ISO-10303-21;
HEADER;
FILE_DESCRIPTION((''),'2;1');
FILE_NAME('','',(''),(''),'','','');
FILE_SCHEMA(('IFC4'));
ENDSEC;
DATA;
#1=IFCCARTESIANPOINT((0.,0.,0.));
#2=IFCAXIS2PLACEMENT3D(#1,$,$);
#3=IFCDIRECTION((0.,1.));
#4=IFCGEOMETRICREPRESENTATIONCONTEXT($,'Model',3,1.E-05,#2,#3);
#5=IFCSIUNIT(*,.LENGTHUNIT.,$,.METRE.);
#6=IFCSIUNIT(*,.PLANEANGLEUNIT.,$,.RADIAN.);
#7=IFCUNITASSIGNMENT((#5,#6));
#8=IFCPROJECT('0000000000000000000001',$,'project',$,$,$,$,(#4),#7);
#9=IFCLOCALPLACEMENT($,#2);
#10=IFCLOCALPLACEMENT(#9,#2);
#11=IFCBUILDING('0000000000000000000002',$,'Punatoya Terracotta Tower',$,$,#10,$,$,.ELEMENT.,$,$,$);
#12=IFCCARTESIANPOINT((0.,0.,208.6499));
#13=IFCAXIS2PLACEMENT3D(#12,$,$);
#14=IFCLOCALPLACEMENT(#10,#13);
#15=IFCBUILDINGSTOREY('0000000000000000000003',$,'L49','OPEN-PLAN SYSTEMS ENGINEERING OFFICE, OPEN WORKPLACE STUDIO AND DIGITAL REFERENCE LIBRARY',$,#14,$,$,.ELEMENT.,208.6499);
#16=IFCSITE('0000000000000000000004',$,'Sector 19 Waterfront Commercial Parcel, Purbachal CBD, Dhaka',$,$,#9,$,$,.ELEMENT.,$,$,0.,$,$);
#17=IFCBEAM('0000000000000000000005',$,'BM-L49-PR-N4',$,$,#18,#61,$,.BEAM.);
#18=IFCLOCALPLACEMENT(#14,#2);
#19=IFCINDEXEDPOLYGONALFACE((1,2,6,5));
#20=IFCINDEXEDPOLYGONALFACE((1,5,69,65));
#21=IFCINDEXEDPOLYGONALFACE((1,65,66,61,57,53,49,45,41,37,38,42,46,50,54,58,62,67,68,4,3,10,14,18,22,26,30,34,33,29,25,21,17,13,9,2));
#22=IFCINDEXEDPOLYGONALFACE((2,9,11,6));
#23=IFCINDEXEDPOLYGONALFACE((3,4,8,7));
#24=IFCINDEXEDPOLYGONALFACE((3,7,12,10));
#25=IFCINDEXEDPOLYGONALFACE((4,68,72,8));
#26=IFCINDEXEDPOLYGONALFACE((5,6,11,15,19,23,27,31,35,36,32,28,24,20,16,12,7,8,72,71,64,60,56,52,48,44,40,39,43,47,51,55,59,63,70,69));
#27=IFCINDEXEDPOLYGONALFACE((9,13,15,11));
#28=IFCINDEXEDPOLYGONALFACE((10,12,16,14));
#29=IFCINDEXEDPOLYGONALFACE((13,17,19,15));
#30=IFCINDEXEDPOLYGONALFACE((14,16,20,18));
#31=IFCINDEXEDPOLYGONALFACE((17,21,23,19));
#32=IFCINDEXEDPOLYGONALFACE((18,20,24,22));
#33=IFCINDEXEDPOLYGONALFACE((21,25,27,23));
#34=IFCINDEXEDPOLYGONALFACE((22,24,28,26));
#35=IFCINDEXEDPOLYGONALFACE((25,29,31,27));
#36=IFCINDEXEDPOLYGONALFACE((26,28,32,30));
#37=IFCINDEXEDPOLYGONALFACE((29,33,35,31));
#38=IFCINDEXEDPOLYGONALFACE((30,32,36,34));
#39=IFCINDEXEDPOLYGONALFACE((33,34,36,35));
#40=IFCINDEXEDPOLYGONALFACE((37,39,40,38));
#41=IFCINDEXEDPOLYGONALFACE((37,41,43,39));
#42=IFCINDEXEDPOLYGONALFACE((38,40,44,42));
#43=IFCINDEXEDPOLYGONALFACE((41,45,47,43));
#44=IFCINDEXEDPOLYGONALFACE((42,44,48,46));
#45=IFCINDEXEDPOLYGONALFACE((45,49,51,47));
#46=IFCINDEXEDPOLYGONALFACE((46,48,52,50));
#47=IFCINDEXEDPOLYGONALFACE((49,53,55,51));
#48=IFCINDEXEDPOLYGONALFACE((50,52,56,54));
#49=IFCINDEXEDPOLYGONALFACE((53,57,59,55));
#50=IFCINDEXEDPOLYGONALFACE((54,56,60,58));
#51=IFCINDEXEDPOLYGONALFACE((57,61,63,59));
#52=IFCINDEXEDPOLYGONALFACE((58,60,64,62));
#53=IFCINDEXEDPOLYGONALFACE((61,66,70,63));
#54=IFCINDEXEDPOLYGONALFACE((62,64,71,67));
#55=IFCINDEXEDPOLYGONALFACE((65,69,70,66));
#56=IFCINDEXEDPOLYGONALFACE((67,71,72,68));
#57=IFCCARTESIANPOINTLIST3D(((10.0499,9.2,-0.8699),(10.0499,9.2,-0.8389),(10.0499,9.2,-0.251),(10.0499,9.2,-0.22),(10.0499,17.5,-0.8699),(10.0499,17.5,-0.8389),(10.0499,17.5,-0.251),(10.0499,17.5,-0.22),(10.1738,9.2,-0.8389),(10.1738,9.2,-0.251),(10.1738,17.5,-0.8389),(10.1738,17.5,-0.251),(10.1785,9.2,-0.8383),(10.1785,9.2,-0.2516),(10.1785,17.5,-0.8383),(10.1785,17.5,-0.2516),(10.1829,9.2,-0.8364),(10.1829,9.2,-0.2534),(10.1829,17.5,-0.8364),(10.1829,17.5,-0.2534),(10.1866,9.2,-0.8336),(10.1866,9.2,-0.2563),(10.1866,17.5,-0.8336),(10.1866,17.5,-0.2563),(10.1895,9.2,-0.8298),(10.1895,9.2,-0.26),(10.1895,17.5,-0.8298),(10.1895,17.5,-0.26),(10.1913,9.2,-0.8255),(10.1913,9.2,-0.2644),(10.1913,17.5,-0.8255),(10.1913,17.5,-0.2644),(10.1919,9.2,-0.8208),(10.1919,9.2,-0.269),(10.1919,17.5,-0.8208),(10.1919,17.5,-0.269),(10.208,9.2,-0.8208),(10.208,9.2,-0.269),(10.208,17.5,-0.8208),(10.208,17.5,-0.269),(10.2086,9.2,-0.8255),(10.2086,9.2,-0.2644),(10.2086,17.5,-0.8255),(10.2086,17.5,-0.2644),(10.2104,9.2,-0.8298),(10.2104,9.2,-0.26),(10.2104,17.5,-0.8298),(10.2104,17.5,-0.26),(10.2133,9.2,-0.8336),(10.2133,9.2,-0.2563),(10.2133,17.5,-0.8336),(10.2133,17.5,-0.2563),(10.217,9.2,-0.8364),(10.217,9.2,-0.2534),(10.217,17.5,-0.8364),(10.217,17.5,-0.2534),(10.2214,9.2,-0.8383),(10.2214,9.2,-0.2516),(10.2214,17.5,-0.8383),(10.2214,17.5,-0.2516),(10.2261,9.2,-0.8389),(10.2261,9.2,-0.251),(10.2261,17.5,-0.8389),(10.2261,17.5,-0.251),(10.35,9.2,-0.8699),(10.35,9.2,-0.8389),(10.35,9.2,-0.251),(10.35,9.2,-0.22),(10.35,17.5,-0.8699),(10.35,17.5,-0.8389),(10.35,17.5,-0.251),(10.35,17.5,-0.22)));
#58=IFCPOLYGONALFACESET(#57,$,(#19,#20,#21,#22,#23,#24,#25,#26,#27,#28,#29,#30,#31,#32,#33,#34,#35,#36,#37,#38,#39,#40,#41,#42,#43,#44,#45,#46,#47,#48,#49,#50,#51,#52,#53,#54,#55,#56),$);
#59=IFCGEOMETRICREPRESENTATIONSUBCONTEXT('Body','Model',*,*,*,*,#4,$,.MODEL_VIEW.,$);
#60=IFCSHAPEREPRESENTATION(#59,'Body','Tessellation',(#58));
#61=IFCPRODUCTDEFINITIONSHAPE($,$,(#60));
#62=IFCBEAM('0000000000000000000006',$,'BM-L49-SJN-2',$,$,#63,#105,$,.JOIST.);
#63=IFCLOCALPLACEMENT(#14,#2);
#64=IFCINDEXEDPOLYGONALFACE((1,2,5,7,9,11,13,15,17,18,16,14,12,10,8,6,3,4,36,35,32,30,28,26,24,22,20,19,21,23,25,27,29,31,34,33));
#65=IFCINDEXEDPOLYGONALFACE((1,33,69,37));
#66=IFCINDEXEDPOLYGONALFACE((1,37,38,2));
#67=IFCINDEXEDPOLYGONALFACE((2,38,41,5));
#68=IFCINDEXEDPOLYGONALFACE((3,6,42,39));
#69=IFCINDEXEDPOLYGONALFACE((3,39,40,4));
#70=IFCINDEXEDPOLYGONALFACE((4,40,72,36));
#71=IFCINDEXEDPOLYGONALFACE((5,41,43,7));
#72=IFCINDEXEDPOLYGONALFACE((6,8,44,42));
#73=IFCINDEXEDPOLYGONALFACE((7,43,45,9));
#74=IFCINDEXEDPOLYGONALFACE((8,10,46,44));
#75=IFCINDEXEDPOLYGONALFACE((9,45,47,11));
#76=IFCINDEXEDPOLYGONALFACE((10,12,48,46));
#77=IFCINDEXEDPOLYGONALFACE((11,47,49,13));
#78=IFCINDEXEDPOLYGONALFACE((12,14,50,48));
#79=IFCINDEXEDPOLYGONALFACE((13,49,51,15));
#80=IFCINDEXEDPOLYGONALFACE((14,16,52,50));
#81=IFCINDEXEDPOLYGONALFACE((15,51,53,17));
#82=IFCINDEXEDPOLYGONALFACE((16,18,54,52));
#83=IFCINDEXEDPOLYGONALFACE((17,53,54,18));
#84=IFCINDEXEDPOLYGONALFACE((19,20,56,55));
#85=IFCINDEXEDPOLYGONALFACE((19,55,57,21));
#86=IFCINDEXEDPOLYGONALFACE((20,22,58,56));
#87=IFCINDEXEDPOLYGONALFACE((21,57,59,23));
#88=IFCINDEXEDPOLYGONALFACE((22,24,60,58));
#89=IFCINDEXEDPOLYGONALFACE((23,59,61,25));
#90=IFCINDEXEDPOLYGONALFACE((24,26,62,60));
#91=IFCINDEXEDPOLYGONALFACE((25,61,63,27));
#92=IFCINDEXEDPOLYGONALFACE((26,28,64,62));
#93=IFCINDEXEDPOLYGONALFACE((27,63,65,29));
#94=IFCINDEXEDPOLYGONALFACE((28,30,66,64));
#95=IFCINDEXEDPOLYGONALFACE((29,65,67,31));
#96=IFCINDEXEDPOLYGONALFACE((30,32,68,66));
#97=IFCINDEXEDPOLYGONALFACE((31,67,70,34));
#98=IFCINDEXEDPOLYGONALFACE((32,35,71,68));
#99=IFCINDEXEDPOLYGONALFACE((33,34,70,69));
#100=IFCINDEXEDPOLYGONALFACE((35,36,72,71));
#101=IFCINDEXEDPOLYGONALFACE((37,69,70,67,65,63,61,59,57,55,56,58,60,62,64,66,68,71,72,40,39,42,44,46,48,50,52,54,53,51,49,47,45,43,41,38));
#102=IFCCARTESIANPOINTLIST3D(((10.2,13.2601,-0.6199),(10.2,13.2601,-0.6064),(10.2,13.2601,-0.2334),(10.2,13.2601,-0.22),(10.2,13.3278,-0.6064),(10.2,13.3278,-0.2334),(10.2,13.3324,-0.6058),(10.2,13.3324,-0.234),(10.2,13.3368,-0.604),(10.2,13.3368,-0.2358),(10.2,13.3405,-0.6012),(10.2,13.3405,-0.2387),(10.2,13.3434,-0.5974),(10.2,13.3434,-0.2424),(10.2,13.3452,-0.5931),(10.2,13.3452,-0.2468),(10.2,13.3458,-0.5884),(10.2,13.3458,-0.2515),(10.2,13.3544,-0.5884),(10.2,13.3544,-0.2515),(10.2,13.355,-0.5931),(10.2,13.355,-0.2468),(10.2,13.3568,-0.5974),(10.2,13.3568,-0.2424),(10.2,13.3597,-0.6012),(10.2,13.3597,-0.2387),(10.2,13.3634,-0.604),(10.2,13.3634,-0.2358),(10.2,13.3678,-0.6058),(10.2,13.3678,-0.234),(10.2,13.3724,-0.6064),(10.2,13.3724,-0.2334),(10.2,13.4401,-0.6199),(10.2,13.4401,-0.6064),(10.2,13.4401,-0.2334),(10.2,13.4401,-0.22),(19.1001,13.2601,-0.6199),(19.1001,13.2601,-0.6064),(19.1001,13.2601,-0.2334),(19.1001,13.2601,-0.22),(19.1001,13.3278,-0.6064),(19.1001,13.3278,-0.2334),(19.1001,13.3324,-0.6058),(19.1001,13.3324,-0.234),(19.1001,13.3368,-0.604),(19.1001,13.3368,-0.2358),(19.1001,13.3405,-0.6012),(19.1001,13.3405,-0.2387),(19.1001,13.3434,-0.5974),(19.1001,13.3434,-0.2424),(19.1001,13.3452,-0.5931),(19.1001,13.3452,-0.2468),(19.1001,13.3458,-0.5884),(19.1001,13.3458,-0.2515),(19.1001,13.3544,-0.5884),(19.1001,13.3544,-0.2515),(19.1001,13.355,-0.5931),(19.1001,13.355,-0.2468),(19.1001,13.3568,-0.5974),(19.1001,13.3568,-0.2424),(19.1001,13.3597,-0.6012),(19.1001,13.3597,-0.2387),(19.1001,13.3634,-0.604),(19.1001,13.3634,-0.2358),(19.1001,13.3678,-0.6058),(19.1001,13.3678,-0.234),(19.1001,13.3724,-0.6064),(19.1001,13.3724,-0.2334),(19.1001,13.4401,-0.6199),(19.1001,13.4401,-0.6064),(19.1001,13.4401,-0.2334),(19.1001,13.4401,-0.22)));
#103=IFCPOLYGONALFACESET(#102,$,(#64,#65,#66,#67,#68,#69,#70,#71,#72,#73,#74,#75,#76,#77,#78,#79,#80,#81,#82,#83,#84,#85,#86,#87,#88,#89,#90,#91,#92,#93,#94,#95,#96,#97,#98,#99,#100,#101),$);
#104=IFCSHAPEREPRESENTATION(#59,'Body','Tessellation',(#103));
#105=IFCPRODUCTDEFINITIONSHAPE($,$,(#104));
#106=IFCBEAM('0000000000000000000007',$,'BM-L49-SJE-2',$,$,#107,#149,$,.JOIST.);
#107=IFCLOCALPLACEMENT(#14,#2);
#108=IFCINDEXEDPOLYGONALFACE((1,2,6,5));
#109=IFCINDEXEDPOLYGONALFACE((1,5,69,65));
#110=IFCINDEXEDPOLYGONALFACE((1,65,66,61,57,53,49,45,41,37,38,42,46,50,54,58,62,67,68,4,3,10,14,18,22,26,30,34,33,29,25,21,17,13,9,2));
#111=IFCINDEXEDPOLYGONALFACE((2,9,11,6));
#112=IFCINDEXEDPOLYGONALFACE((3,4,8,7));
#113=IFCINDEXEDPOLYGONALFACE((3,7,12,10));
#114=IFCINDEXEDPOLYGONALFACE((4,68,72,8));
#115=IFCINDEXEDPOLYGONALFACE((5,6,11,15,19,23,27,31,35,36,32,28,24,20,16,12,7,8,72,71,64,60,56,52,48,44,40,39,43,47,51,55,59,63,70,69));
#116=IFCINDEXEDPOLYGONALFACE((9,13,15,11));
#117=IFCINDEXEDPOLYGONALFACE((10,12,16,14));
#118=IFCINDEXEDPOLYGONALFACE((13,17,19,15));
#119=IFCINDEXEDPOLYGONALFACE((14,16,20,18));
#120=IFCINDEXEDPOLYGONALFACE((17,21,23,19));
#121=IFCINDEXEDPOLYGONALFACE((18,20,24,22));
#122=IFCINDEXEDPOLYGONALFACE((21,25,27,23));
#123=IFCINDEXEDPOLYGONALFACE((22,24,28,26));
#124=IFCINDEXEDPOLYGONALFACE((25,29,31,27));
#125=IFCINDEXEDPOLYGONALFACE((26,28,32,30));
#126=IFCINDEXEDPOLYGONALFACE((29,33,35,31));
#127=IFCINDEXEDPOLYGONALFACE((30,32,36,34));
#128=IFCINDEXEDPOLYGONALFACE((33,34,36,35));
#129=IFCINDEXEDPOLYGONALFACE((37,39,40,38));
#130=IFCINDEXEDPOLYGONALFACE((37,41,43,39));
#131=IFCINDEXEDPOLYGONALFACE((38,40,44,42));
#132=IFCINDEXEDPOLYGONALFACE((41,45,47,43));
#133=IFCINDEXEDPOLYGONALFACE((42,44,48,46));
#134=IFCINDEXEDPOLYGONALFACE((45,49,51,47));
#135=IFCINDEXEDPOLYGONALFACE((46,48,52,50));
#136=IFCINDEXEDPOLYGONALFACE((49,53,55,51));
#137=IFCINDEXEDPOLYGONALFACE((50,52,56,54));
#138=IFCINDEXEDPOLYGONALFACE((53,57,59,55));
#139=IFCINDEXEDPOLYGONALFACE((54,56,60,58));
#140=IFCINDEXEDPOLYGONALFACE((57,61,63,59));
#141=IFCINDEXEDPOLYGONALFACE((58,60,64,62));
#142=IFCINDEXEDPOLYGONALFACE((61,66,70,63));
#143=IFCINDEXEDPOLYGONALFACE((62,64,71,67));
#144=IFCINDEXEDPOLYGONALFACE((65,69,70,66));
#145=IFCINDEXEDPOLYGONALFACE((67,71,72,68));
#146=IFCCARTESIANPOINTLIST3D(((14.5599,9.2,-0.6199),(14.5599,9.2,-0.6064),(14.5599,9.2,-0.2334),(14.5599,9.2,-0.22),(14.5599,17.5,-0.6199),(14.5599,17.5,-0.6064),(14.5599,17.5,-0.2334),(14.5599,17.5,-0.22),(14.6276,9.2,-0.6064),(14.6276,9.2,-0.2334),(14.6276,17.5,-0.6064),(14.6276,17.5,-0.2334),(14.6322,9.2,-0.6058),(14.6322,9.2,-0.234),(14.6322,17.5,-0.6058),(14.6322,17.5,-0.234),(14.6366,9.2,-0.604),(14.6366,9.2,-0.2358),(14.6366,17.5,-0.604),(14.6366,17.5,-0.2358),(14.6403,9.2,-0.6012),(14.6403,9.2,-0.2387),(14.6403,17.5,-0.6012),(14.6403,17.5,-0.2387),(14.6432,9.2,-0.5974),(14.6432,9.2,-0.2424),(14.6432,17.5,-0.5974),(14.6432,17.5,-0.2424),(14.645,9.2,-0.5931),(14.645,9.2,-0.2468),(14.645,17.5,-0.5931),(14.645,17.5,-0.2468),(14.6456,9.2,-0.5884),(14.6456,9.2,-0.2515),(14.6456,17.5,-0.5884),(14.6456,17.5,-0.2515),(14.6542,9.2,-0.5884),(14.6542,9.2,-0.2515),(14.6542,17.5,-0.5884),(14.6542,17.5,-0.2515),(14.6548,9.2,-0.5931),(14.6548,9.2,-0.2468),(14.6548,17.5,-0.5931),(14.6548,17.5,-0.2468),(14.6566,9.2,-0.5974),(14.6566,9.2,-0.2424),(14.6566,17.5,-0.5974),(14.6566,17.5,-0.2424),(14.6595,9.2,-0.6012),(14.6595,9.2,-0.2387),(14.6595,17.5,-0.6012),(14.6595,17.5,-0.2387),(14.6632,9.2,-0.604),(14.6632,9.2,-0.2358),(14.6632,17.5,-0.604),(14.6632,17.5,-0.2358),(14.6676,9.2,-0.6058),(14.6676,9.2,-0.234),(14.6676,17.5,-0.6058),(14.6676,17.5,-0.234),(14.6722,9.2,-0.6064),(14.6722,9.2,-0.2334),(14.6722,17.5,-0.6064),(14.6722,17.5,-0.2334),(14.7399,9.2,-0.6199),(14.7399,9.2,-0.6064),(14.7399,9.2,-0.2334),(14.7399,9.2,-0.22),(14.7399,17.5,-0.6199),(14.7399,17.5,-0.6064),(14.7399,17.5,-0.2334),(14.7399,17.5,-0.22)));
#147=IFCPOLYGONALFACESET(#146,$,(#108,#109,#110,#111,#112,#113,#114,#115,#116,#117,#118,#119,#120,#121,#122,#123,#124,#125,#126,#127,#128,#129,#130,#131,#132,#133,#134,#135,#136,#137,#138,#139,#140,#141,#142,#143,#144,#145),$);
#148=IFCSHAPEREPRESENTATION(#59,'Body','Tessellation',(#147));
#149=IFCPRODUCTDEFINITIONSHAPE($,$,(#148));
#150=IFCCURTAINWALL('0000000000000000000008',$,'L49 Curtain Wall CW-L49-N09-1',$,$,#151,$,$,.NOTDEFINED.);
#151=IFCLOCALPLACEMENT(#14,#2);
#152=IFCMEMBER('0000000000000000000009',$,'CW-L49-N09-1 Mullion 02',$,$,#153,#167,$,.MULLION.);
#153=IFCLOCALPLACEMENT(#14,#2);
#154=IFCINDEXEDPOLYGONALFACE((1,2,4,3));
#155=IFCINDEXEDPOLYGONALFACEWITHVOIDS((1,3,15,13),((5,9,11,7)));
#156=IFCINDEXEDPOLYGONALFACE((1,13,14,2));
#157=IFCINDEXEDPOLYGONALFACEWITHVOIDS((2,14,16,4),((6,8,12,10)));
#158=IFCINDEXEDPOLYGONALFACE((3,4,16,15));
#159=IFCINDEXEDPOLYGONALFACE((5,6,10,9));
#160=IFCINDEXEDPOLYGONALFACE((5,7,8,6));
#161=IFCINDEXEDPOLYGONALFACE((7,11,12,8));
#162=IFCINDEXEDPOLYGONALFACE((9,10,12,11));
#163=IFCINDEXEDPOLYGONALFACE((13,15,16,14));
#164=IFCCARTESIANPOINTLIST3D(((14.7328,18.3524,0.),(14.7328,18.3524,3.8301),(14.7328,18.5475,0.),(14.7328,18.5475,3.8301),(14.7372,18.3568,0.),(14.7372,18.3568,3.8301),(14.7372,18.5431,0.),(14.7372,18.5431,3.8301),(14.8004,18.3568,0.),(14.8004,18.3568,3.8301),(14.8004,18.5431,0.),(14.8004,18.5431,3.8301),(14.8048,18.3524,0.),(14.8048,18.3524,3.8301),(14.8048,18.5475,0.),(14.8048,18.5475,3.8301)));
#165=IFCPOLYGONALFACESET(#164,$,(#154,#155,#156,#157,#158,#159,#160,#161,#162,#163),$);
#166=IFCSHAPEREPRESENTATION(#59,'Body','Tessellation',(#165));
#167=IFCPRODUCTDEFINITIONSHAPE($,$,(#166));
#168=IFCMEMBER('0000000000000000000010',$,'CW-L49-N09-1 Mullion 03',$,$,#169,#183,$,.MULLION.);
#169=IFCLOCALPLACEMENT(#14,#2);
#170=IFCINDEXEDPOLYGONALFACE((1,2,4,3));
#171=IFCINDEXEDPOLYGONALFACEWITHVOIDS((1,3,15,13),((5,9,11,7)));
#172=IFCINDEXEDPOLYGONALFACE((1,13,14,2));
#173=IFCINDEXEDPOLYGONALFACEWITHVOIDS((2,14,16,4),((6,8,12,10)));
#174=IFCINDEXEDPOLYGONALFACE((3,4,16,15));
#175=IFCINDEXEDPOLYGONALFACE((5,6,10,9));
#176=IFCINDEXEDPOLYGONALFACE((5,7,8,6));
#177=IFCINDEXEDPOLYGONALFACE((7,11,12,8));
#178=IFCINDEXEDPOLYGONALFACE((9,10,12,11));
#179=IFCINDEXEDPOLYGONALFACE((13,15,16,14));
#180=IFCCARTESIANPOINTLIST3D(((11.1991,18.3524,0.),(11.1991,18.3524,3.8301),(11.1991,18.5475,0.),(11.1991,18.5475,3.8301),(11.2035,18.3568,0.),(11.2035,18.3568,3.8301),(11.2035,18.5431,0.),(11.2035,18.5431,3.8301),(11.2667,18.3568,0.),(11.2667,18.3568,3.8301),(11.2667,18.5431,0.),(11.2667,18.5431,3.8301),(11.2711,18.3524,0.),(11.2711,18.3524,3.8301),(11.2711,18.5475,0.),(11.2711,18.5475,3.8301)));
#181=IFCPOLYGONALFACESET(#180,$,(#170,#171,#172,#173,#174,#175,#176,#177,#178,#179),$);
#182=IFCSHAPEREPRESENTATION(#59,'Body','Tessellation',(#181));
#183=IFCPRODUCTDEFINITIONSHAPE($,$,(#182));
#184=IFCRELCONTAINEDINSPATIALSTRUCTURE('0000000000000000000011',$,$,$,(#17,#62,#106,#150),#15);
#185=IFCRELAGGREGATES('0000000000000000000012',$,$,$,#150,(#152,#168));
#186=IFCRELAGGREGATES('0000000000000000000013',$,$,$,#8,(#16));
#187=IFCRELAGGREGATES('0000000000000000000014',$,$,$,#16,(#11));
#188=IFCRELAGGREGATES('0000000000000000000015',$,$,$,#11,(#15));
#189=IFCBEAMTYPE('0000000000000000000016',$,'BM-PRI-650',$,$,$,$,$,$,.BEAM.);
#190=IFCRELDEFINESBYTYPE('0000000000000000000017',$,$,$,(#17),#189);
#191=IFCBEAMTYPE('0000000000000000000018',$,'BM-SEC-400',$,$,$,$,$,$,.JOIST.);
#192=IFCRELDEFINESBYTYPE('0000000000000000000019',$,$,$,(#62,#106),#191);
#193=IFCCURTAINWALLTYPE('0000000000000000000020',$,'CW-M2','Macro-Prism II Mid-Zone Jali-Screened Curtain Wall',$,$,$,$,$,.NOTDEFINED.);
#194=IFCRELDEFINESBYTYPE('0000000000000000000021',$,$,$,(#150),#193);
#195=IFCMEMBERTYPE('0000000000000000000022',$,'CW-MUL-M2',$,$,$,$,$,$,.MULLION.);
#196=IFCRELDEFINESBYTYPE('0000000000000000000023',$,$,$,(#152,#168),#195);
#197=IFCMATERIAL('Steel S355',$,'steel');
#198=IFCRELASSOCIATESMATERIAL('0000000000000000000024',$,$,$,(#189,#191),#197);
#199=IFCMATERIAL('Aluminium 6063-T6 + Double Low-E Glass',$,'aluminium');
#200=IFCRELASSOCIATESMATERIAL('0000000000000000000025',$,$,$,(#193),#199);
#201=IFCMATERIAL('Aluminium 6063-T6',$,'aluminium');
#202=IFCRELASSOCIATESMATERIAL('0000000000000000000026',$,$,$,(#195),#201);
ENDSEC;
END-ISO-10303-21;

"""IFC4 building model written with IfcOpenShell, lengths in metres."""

from ifc_helpers import new_model, si_unit, direction, frame, origin, origin_2d, place, context, subcontext, project, spatial, hollow_rectangle, i_section, extrude, material, material_profile, profile_set, type_object, element, aggregate, save


model = new_model("IFC4")

# Units and contexts
model_context = context("Model", 3, precision=1e-05, world=origin(), true_north=direction((0.0, 1.0)))
body_context = subcontext(model_context, "Body", "Model", "MODEL_VIEW")
ifc_project = project(units=[si_unit("LENGTHUNIT", "METRE"), si_unit("PLANEANGLEUNIT", "RADIAN")], contexts=[model_context])

# Site, building, storey
site_placement = place(None, origin())
site = spatial("IfcSite", under=ifc_project, at=site_placement, Name="Sector 19 Waterfront Commercial Parcel, Purbachal CBD, Dhaka", CompositionType="ELEMENT", RefElevation=0.0)
building_placement = place(site_placement, origin())
building = spatial("IfcBuilding", under=site, at=building_placement, Name="Punatoya Terracotta Tower", CompositionType="ELEMENT")
storey_placement = place(building_placement, frame((0.0, 0.0, 208.6499)))
storey = spatial("IfcBuildingStorey", under=building, at=storey_placement, Name="L49", Description="OPEN-PLAN SYSTEMS ENGINEERING OFFICE, OPEN WORKPLACE STUDIO AND DIGITAL REFERENCE LIBRARY", CompositionType="ELEMENT", Elevation=208.6499)

# Beams
ifc_material_1 = material(Name="Steel S355", Category="steel")
ifc_material_profile_1 = material_profile(ifc_material_1, i_section(OverallWidth=0.3, OverallDepth=0.6499, WebThickness=0.0161, FlangeThickness=0.031, FilletRadius=0.0181, at=origin_2d()))
ifc_profile_set_1 = profile_set([ifc_material_profile_1], Name="Steel S355")
beam_type_1 = type_object("IfcBeamType", Name="BM-PRI-650", PredefinedType="BEAM", material=ifc_profile_set_1)
for number, where, z_axis, x_axis, name in (
    (1, (10.2, 9.2, -0.5449), (0.0, 1.0, 0.0), (-1.0, 0.0, 0.0), "BM-L49-PR-N4"),
):
    element("IfcBeam", number, at=place(storey_placement, frame(where, z_axis=z_axis, x_axis=x_axis)), inside=storey, type_object=beam_type_1, Name=name, PredefinedType="BEAM", context=body_context, shape_type="SweptSolid", body=[
        extrude(i_section(OverallWidth=0.3, OverallDepth=0.6499, WebThickness=0.0161, FlangeThickness=0.031, FilletRadius=0.0181, at=origin_2d()), origin(), (0.0, 0.0, 1.0), 8.3),
    ])
ifc_material_profile_2 = material_profile(ifc_material_1, i_section(OverallWidth=0.1799, OverallDepth=0.3999, WebThickness=0.0085, FlangeThickness=0.0134, FilletRadius=0.0181, at=origin_2d()))
ifc_profile_set_2 = profile_set([ifc_material_profile_2], Name="Steel S355")
beam_type_2 = type_object("IfcBeamType", Name="BM-SEC-400", PredefinedType="JOIST", material=ifc_profile_set_2)
beam_1_placement = place(storey_placement, frame((10.2, 13.3501, -0.4199), z_axis=(1.0, 0.0, 0.0), x_axis=(0.0, 1.0, 0.0)))
element("IfcBeam", 2, at=beam_1_placement, inside=storey, type_object=beam_type_2, Name="BM-L49-SJN-2", PredefinedType="JOIST", context=body_context, shape_type="SweptSolid", body=[
    extrude(i_section(OverallWidth=0.1799, OverallDepth=0.3999, WebThickness=0.0085, FlangeThickness=0.0134, FilletRadius=0.0181, at=origin_2d()), origin(), (0.0, 0.0, 1.0), 8.9001),
])
beam_2_placement = place(storey_placement, frame((14.6499, 9.2, -0.4199), z_axis=(0.0, 1.0, 0.0), x_axis=(-1.0, 0.0, 0.0)))
element("IfcBeam", 3, at=beam_2_placement, inside=storey, type_object=beam_type_2, Name="BM-L49-SJE-2", PredefinedType="JOIST", context=body_context, shape_type="SweptSolid", body=[
    extrude(i_section(OverallWidth=0.1799, OverallDepth=0.3999, WebThickness=0.0085, FlangeThickness=0.0134, FilletRadius=0.0181, at=origin_2d()), origin(), (0.0, 0.0, 1.0), 8.3),
])

# Curtain wall, members
ifc_material_2 = material(Name="Aluminium 6063-T6 + Double Low-E Glass", Category="aluminium")
curtain_wall_type = type_object("IfcCurtainWallType", Name="CW-M2", Description="Macro-Prism II Mid-Zone Jali-Screened Curtain Wall", PredefinedType="NOTDEFINED", material=ifc_material_2)
curtain_wall_placement = place(storey_placement, origin())
curtain_wall = element("IfcCurtainWall", 4, at=curtain_wall_placement, inside=storey, type_object=curtain_wall_type, Name="L49 Curtain Wall CW-L49-N09-1", PredefinedType="NOTDEFINED")
ifc_material_3 = material(Name="Aluminium 6063-T6", Category="aluminium")
ifc_material_profile_3 = material_profile(ifc_material_3, hollow_rectangle(XDim=0.072, YDim=0.1951, WallThickness=0.0044, at=origin_2d()))
ifc_profile_set_3 = profile_set([ifc_material_profile_3], Name="Aluminium 6063-T6")
member_type = type_object("IfcMemberType", Name="CW-MUL-M2", PredefinedType="MULLION", material=ifc_profile_set_3)
member_1_placement = place(storey_placement, frame((14.7688, 18.45, 0.0), z_axis=(0.0, 0.0, 1.0), x_axis=(1.0, 0.0, 0.0)))
member_1 = element("IfcMember", 5, at=member_1_placement, type_object=member_type, Name="CW-L49-N09-1 Mullion 02", PredefinedType="MULLION", context=body_context, shape_type="SweptSolid", body=[
    extrude(hollow_rectangle(XDim=0.072, YDim=0.1951, WallThickness=0.0044, at=origin_2d()), origin(), (0.0, 0.0, 1.0), 3.8301),
])
member_2_placement = place(storey_placement, frame((11.2351, 18.45, 0.0), z_axis=(0.0, 0.0, 1.0), x_axis=(1.0, 0.0, 0.0)))
member_2 = element("IfcMember", 6, at=member_2_placement, type_object=member_type, Name="CW-L49-N09-1 Mullion 03", PredefinedType="MULLION", context=body_context, shape_type="SweptSolid", body=[
    extrude(hollow_rectangle(XDim=0.072, YDim=0.1951, WallThickness=0.0044, at=origin_2d()), origin(), (0.0, 0.0, 1.0), 3.8301),
])
aggregate(curtain_wall, [member_1, member_2])

save(model, "model.ifc")
